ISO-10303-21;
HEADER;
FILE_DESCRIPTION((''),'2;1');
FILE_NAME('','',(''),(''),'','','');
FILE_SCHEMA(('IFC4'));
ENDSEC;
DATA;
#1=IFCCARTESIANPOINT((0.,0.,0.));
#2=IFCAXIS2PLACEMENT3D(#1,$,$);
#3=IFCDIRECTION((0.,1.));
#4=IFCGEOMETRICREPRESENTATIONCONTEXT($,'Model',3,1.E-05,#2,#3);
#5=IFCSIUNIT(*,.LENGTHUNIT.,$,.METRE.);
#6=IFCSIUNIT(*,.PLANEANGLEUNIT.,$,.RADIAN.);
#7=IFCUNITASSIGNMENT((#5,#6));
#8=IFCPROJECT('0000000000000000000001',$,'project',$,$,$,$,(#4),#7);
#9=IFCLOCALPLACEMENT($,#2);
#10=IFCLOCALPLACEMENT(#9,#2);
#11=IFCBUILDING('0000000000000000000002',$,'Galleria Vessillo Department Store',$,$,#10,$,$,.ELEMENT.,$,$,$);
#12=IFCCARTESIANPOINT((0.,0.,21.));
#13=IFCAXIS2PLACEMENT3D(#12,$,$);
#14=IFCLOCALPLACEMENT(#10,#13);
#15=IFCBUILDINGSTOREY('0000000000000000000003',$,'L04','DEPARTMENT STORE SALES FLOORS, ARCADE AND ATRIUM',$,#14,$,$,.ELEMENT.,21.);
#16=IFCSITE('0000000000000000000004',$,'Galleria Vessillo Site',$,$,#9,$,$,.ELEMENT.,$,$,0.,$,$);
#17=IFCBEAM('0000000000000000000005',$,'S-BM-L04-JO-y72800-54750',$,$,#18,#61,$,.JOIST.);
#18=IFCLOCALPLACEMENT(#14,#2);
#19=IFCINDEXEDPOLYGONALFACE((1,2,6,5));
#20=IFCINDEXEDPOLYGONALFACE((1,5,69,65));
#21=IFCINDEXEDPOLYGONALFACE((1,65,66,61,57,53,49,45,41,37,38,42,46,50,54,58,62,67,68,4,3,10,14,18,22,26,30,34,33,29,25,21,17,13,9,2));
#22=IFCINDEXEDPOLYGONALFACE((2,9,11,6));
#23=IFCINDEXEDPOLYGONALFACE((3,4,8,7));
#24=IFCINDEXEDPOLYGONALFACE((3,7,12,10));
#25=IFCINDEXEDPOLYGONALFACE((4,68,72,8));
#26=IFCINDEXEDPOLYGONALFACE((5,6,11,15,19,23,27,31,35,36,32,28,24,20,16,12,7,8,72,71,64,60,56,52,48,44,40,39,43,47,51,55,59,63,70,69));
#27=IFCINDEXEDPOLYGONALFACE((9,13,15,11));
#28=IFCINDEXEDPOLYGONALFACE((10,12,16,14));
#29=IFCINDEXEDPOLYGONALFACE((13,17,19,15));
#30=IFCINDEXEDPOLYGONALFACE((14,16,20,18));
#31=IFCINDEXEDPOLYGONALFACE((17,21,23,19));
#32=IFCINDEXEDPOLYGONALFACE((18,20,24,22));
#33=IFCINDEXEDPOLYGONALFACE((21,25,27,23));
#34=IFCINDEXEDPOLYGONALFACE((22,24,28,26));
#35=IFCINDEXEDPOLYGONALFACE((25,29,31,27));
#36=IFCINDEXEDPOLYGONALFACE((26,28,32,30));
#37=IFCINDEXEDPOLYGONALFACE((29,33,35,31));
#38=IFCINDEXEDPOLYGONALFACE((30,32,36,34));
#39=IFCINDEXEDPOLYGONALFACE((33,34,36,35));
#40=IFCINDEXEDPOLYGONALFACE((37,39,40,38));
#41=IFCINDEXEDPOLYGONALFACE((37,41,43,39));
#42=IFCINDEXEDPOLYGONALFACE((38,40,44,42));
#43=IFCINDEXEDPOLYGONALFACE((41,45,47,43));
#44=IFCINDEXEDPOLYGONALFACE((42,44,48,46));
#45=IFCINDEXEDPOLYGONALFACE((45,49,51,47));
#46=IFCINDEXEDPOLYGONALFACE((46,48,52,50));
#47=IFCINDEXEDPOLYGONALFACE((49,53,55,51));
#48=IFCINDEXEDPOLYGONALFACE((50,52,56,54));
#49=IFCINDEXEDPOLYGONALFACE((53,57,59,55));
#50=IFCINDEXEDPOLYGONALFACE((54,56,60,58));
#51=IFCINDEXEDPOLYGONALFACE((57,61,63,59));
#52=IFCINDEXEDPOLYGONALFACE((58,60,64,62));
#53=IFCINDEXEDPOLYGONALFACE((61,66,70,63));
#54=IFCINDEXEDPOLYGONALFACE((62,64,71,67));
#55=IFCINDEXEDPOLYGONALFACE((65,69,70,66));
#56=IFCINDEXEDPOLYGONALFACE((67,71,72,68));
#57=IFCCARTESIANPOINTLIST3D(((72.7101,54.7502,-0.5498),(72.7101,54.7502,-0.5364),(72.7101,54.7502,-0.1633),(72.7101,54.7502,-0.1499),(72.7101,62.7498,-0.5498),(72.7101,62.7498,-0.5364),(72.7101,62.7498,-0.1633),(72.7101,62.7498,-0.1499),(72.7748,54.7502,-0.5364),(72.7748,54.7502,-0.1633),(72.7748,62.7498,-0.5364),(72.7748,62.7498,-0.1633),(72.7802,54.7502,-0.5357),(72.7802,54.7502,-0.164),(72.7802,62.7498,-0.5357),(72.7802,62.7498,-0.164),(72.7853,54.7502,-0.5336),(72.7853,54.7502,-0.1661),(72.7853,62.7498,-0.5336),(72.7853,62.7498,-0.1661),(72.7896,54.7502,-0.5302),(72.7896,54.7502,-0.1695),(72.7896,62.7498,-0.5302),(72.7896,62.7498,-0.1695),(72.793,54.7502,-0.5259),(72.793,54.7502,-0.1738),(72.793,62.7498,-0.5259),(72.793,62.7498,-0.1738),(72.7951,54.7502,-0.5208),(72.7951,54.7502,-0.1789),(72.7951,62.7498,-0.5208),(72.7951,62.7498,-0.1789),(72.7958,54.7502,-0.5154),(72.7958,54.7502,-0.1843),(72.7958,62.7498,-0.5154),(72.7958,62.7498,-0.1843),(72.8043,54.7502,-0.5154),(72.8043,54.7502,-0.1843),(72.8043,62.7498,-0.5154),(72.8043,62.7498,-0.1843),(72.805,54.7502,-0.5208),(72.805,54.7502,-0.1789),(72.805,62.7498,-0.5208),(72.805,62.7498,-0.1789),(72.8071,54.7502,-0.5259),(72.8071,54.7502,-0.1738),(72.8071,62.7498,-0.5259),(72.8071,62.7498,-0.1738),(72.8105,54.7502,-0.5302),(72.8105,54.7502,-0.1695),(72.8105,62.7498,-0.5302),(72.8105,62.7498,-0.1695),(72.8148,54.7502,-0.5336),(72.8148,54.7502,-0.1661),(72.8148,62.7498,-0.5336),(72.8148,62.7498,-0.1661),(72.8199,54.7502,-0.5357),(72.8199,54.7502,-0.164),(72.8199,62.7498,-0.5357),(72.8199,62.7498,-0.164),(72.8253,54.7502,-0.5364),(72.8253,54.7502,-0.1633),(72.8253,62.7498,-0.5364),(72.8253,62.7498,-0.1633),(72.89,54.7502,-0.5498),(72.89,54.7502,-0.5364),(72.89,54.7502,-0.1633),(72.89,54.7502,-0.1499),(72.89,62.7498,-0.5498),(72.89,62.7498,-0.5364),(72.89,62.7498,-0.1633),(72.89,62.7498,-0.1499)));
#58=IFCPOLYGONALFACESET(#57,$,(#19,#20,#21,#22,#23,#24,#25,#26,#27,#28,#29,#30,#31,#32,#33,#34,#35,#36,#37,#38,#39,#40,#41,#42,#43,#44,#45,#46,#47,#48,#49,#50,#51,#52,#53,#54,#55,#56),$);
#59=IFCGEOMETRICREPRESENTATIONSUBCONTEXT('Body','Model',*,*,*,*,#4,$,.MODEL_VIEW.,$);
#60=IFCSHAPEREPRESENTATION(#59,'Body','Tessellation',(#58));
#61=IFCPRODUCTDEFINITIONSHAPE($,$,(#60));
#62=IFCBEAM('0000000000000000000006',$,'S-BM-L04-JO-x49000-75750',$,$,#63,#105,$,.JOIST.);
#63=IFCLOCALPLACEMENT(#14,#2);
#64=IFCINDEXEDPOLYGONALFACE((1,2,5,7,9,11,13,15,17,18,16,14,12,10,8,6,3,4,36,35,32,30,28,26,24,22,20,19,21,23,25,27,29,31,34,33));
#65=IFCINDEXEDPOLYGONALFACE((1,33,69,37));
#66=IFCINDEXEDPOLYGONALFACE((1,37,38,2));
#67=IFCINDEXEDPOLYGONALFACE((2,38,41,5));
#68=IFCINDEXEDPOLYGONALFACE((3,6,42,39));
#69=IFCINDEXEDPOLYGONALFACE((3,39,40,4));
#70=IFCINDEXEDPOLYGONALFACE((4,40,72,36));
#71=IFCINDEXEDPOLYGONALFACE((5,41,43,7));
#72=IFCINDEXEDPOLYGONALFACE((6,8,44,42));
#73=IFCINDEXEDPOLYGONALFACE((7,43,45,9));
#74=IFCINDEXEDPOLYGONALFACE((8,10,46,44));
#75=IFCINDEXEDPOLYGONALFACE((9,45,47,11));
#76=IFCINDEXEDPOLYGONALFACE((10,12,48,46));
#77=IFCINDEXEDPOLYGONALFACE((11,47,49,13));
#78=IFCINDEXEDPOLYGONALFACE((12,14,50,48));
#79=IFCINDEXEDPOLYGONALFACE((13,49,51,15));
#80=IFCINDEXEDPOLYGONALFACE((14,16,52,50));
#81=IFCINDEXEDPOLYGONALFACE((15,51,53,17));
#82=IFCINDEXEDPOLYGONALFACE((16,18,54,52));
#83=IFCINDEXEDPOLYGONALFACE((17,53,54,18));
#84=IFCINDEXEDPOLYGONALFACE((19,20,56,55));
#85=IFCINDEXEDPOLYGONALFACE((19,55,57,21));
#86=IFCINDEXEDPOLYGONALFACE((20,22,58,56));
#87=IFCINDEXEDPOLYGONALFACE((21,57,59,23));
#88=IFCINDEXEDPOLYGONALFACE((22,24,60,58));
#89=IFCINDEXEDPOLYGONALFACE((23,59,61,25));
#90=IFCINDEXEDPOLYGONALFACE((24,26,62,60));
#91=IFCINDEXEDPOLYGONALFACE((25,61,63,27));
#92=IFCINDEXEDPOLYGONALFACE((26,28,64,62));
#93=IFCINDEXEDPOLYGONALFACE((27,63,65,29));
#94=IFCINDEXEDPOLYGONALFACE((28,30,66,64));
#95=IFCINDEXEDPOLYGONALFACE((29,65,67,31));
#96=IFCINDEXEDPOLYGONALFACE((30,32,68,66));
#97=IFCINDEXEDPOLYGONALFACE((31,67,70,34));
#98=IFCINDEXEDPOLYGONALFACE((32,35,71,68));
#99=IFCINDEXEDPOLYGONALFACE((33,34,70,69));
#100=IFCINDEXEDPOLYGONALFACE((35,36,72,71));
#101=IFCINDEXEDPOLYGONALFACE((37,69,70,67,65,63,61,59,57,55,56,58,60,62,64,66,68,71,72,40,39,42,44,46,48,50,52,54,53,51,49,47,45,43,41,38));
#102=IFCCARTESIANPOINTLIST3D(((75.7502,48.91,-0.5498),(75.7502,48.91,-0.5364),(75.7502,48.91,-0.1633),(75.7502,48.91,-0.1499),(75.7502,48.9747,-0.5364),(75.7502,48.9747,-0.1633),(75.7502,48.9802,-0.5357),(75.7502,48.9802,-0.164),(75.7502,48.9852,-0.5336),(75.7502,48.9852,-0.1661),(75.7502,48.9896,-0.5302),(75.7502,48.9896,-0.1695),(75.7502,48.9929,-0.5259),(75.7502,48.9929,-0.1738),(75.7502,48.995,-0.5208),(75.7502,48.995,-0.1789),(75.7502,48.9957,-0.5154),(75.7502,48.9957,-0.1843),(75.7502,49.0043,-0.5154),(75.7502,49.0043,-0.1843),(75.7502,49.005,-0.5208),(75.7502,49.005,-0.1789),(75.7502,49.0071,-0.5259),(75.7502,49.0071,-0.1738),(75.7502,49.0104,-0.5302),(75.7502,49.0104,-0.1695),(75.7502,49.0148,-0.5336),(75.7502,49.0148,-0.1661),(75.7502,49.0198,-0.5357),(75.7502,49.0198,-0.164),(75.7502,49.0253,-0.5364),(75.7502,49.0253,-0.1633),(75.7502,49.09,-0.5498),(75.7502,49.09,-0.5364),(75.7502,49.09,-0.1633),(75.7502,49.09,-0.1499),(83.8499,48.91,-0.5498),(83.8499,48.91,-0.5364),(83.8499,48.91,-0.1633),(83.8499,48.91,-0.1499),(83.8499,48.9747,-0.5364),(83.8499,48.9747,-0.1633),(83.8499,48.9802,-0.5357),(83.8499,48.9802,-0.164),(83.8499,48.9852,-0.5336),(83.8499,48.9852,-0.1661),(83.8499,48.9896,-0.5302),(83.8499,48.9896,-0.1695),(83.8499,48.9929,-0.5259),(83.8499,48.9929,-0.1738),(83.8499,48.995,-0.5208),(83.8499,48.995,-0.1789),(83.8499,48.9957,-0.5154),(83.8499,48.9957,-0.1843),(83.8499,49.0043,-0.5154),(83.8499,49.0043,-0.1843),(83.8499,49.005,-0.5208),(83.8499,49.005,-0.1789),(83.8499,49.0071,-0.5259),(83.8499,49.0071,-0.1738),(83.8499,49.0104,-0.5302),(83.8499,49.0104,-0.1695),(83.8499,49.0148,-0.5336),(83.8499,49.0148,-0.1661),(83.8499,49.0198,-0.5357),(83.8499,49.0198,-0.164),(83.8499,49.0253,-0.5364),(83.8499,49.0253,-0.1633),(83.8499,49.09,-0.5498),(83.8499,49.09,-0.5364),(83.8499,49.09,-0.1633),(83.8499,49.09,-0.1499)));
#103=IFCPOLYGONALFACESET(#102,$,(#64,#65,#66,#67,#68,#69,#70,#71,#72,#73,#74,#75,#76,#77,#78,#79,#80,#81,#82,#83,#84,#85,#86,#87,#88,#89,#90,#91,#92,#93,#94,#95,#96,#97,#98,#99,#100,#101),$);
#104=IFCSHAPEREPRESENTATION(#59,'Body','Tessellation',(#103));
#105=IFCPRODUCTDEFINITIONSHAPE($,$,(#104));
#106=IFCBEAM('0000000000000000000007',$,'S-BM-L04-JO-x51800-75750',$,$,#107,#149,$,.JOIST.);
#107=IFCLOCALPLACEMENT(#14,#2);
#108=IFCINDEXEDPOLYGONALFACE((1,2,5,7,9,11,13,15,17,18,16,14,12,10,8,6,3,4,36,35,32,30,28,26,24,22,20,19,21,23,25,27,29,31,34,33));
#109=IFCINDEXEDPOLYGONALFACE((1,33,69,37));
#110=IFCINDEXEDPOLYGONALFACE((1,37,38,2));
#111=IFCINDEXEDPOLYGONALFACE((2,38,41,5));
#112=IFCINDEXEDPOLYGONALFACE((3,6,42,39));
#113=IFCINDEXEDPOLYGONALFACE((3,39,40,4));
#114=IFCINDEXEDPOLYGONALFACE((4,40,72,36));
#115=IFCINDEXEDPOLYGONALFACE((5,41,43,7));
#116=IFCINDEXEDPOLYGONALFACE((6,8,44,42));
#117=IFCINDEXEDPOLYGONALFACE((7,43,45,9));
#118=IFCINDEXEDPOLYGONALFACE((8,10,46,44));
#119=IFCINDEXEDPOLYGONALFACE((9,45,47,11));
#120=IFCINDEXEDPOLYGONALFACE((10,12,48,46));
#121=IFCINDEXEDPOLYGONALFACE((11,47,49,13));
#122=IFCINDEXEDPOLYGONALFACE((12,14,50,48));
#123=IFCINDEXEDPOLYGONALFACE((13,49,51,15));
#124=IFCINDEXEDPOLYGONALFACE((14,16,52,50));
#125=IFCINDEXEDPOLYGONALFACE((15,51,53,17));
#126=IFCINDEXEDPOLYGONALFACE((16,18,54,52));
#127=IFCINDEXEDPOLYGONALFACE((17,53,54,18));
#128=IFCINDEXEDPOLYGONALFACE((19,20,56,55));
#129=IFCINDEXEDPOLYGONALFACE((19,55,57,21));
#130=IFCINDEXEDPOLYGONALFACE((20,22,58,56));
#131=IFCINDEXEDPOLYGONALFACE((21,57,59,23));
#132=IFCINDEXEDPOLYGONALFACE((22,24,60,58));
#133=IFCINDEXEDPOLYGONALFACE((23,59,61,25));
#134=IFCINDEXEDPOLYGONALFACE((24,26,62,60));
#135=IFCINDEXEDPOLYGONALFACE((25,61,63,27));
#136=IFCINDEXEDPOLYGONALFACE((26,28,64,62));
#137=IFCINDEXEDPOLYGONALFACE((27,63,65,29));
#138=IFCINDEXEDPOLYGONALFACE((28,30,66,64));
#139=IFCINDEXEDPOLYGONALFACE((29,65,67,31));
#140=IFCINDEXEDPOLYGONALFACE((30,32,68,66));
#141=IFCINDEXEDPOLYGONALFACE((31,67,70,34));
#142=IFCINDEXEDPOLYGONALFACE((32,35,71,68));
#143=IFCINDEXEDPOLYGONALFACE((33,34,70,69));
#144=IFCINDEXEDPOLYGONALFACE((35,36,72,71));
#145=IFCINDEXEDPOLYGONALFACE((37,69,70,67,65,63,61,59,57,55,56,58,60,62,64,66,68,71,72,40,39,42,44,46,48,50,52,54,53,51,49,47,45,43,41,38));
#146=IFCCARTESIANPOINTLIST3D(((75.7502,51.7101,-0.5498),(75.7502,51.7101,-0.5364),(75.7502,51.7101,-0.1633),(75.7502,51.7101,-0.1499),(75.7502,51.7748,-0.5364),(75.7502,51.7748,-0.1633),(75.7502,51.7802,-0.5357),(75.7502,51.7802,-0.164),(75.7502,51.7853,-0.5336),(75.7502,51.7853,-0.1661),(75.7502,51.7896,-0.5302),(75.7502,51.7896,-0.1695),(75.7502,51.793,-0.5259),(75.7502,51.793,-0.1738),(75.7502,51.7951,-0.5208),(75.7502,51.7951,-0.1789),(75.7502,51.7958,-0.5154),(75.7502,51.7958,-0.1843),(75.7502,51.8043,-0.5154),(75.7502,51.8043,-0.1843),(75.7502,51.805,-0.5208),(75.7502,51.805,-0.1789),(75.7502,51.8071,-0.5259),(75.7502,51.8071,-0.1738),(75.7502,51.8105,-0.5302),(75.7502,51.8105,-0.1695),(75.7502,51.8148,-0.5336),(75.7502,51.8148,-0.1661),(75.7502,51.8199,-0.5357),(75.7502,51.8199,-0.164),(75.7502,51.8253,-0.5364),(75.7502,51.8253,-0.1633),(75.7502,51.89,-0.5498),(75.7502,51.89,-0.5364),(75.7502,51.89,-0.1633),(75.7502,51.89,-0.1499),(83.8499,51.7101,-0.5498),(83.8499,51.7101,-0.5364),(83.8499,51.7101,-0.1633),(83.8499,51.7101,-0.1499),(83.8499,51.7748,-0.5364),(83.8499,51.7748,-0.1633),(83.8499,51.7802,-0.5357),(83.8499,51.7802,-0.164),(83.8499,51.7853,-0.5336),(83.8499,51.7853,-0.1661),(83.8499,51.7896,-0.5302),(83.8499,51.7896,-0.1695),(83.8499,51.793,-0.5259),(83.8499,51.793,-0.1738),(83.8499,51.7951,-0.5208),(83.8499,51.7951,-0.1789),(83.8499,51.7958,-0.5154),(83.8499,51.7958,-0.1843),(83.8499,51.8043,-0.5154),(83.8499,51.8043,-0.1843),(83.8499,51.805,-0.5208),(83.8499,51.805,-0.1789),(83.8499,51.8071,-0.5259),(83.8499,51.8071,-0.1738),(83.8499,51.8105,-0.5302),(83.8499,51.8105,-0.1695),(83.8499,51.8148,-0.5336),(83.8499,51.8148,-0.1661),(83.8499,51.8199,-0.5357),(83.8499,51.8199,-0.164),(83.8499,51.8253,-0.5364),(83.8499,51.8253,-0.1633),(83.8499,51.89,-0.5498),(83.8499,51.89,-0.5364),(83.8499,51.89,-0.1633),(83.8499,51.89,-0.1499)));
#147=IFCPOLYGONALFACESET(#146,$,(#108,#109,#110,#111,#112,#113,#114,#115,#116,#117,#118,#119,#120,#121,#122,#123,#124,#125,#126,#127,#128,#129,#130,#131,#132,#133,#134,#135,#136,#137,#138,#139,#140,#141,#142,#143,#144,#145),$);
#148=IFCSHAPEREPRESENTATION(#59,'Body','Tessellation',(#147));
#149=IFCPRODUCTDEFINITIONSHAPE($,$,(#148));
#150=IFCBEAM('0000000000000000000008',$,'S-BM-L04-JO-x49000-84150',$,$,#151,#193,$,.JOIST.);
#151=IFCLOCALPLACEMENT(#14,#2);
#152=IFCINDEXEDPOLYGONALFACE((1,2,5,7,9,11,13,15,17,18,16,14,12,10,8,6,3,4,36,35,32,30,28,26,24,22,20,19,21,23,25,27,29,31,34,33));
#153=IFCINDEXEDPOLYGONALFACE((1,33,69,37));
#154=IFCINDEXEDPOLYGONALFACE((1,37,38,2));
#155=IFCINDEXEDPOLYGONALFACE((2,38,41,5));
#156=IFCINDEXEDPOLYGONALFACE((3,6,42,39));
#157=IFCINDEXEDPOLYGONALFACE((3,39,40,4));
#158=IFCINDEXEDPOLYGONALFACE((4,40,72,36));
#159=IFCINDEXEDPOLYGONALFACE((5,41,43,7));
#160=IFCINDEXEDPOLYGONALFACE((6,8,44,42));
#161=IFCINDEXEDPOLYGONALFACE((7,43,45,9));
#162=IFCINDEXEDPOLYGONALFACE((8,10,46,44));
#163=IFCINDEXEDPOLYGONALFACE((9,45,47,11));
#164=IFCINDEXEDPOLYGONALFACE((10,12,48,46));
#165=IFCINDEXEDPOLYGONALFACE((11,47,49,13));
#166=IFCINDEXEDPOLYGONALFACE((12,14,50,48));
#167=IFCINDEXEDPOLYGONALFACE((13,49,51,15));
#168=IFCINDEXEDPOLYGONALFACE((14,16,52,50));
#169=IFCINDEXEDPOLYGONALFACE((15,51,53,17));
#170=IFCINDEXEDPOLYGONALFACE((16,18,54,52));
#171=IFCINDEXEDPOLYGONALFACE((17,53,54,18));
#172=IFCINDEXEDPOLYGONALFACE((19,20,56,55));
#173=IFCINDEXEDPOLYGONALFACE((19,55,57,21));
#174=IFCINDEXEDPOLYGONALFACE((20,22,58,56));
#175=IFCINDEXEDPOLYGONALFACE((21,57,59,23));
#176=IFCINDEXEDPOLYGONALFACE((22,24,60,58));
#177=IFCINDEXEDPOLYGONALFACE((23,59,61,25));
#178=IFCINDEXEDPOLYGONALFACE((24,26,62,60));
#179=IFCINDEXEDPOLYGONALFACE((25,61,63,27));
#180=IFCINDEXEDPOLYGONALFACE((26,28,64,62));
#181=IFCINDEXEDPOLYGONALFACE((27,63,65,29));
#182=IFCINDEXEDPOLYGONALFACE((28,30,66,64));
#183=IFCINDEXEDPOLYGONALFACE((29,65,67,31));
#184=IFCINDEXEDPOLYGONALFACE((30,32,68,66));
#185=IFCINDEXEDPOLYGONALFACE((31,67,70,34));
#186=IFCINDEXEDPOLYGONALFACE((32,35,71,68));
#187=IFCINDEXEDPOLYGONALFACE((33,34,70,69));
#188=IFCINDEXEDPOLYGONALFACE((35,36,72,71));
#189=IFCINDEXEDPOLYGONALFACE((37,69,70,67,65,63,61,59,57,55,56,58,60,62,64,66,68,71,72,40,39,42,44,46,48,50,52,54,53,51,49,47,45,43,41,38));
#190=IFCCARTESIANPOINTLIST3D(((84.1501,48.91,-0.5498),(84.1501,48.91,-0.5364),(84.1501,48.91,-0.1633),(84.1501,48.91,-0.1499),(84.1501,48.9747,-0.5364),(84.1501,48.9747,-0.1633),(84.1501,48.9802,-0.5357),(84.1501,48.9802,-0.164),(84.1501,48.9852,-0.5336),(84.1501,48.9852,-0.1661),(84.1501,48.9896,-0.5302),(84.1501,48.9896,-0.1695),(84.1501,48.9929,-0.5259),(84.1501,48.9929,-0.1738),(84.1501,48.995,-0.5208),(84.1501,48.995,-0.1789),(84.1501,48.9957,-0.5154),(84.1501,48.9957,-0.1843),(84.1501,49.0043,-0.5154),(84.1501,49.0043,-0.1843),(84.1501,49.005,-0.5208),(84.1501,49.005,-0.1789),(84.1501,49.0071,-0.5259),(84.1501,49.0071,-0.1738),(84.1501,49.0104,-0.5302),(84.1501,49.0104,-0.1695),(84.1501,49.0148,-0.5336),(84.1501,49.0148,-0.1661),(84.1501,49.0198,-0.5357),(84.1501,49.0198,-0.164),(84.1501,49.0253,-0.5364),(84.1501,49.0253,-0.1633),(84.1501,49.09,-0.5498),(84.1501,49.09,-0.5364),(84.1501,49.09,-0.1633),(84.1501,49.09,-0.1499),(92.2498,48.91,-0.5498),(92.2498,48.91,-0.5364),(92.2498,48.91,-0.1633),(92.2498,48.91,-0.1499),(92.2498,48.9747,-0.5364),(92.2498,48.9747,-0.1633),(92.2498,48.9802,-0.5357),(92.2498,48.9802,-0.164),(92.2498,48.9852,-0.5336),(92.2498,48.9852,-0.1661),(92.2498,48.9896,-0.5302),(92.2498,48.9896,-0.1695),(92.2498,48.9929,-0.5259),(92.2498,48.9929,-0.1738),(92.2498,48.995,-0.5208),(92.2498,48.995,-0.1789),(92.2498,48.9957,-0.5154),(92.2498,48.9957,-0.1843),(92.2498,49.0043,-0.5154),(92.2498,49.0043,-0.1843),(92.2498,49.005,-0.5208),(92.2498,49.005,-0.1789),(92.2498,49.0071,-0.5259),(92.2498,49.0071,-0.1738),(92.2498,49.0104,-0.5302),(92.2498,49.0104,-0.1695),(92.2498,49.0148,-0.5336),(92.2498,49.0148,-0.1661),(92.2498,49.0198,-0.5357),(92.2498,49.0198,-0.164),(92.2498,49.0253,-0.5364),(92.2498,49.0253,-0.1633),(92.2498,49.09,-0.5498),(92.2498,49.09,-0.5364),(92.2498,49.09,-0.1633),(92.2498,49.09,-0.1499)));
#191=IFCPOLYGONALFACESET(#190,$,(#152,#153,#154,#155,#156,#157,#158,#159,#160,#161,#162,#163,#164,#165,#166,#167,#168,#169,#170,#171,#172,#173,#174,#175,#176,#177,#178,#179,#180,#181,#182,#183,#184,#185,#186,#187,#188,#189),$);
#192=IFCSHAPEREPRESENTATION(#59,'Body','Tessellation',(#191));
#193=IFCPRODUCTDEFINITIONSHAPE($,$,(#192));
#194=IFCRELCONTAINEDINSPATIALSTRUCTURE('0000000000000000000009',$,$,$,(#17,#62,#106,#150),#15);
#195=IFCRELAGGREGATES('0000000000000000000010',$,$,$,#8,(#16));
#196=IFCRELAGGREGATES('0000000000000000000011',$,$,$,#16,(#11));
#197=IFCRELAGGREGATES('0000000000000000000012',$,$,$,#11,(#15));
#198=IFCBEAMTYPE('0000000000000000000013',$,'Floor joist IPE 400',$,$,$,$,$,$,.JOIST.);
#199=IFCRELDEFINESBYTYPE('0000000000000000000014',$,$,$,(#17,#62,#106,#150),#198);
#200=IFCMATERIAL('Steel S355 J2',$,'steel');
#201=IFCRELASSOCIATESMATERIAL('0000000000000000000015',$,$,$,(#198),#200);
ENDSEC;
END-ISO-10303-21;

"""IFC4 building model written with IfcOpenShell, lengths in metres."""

from ifc_helpers import new_model, si_unit, direction, frame, origin, origin_2d, place, context, subcontext, project, spatial, i_section, extrude, material, material_profile, profile_set, type_object, element, save


model = new_model("IFC4")

# Units and contexts
model_context = context("Model", 3, precision=1e-05, world=origin(), true_north=direction((0.0, 1.0)))
body_context = subcontext(model_context, "Body", "Model", "MODEL_VIEW")
ifc_project = project(units=[si_unit("LENGTHUNIT", "METRE"), si_unit("PLANEANGLEUNIT", "RADIAN")], contexts=[model_context])

# Site, building, storey
site_placement = place(None, origin())
site = spatial("IfcSite", under=ifc_project, at=site_placement, Name="Galleria Vessillo Site", CompositionType="ELEMENT", RefElevation=0.0)
building_placement = place(site_placement, origin())
building = spatial("IfcBuilding", under=site, at=building_placement, Name="Galleria Vessillo Department Store", CompositionType="ELEMENT")
storey_placement = place(building_placement, frame((0.0, 0.0, 21.0)))
storey = spatial("IfcBuildingStorey", under=building, at=storey_placement, Name="L04", Description="DEPARTMENT STORE SALES FLOORS, ARCADE AND ATRIUM", CompositionType="ELEMENT", Elevation=21.0)

# Beams
ifc_material_1 = material(Name="Steel S355 J2", Category="steel")
ifc_material_profile_1 = material_profile(ifc_material_1, i_section(OverallWidth=0.1799, OverallDepth=0.3999, WebThickness=0.0085, FlangeThickness=0.0134, FilletRadius=0.021, at=origin_2d()), Name="IPE 400")
ifc_profile_set_1 = profile_set([ifc_material_profile_1], Name="Steel S355 J2")
beam_type_1 = type_object("IfcBeamType", Name="Floor joist IPE 400", PredefinedType="JOIST", material=ifc_profile_set_1)
beam_1_placement = place(storey_placement, frame((72.8, 54.7502, -0.3499), z_axis=(0.0, 1.0, 0.0), x_axis=(-1.0, 0.0, 0.0)))
element("IfcBeam", 1, at=beam_1_placement, inside=storey, type_object=beam_type_1, Name="S-BM-L04-JO-y72800-54750", PredefinedType="JOIST", context=body_context, shape_type="SweptSolid", body=[
    extrude(i_section(OverallWidth=0.1799, OverallDepth=0.3999, WebThickness=0.0085, FlangeThickness=0.0134, FilletRadius=0.021, at=origin_2d()), origin(), (0.0, 0.0, 1.0), 7.9995),
])
for number, where, z_axis, x_axis, name in (
    (2, (75.7502, 49.0, -0.3499), (1.0, 0.0, 0.0), (0.0, 1.0, 0.0), "S-BM-L04-JO-x49000-75750"),
    (3, (75.7502, 51.8, -0.3499), (1.0, 0.0, 0.0), (0.0, 1.0, 0.0), "S-BM-L04-JO-x51800-75750"),
    (4, (84.1501, 49.0, -0.3499), (1.0, 0.0, 0.0), (0.0, 1.0, 0.0), "S-BM-L04-JO-x49000-84150"),
):
    element("IfcBeam", number, at=place(storey_placement, frame(where, z_axis=z_axis, x_axis=x_axis)), inside=storey, type_object=beam_type_1, Name=name, PredefinedType="JOIST", context=body_context, shape_type="SweptSolid", body=[
        extrude(i_section(OverallWidth=0.1799, OverallDepth=0.3999, WebThickness=0.0085, FlangeThickness=0.0134, FilletRadius=0.021, at=origin_2d()), origin(), (0.0, 0.0, 1.0), 8.0996),
    ])

save(model, "model.ifc")
